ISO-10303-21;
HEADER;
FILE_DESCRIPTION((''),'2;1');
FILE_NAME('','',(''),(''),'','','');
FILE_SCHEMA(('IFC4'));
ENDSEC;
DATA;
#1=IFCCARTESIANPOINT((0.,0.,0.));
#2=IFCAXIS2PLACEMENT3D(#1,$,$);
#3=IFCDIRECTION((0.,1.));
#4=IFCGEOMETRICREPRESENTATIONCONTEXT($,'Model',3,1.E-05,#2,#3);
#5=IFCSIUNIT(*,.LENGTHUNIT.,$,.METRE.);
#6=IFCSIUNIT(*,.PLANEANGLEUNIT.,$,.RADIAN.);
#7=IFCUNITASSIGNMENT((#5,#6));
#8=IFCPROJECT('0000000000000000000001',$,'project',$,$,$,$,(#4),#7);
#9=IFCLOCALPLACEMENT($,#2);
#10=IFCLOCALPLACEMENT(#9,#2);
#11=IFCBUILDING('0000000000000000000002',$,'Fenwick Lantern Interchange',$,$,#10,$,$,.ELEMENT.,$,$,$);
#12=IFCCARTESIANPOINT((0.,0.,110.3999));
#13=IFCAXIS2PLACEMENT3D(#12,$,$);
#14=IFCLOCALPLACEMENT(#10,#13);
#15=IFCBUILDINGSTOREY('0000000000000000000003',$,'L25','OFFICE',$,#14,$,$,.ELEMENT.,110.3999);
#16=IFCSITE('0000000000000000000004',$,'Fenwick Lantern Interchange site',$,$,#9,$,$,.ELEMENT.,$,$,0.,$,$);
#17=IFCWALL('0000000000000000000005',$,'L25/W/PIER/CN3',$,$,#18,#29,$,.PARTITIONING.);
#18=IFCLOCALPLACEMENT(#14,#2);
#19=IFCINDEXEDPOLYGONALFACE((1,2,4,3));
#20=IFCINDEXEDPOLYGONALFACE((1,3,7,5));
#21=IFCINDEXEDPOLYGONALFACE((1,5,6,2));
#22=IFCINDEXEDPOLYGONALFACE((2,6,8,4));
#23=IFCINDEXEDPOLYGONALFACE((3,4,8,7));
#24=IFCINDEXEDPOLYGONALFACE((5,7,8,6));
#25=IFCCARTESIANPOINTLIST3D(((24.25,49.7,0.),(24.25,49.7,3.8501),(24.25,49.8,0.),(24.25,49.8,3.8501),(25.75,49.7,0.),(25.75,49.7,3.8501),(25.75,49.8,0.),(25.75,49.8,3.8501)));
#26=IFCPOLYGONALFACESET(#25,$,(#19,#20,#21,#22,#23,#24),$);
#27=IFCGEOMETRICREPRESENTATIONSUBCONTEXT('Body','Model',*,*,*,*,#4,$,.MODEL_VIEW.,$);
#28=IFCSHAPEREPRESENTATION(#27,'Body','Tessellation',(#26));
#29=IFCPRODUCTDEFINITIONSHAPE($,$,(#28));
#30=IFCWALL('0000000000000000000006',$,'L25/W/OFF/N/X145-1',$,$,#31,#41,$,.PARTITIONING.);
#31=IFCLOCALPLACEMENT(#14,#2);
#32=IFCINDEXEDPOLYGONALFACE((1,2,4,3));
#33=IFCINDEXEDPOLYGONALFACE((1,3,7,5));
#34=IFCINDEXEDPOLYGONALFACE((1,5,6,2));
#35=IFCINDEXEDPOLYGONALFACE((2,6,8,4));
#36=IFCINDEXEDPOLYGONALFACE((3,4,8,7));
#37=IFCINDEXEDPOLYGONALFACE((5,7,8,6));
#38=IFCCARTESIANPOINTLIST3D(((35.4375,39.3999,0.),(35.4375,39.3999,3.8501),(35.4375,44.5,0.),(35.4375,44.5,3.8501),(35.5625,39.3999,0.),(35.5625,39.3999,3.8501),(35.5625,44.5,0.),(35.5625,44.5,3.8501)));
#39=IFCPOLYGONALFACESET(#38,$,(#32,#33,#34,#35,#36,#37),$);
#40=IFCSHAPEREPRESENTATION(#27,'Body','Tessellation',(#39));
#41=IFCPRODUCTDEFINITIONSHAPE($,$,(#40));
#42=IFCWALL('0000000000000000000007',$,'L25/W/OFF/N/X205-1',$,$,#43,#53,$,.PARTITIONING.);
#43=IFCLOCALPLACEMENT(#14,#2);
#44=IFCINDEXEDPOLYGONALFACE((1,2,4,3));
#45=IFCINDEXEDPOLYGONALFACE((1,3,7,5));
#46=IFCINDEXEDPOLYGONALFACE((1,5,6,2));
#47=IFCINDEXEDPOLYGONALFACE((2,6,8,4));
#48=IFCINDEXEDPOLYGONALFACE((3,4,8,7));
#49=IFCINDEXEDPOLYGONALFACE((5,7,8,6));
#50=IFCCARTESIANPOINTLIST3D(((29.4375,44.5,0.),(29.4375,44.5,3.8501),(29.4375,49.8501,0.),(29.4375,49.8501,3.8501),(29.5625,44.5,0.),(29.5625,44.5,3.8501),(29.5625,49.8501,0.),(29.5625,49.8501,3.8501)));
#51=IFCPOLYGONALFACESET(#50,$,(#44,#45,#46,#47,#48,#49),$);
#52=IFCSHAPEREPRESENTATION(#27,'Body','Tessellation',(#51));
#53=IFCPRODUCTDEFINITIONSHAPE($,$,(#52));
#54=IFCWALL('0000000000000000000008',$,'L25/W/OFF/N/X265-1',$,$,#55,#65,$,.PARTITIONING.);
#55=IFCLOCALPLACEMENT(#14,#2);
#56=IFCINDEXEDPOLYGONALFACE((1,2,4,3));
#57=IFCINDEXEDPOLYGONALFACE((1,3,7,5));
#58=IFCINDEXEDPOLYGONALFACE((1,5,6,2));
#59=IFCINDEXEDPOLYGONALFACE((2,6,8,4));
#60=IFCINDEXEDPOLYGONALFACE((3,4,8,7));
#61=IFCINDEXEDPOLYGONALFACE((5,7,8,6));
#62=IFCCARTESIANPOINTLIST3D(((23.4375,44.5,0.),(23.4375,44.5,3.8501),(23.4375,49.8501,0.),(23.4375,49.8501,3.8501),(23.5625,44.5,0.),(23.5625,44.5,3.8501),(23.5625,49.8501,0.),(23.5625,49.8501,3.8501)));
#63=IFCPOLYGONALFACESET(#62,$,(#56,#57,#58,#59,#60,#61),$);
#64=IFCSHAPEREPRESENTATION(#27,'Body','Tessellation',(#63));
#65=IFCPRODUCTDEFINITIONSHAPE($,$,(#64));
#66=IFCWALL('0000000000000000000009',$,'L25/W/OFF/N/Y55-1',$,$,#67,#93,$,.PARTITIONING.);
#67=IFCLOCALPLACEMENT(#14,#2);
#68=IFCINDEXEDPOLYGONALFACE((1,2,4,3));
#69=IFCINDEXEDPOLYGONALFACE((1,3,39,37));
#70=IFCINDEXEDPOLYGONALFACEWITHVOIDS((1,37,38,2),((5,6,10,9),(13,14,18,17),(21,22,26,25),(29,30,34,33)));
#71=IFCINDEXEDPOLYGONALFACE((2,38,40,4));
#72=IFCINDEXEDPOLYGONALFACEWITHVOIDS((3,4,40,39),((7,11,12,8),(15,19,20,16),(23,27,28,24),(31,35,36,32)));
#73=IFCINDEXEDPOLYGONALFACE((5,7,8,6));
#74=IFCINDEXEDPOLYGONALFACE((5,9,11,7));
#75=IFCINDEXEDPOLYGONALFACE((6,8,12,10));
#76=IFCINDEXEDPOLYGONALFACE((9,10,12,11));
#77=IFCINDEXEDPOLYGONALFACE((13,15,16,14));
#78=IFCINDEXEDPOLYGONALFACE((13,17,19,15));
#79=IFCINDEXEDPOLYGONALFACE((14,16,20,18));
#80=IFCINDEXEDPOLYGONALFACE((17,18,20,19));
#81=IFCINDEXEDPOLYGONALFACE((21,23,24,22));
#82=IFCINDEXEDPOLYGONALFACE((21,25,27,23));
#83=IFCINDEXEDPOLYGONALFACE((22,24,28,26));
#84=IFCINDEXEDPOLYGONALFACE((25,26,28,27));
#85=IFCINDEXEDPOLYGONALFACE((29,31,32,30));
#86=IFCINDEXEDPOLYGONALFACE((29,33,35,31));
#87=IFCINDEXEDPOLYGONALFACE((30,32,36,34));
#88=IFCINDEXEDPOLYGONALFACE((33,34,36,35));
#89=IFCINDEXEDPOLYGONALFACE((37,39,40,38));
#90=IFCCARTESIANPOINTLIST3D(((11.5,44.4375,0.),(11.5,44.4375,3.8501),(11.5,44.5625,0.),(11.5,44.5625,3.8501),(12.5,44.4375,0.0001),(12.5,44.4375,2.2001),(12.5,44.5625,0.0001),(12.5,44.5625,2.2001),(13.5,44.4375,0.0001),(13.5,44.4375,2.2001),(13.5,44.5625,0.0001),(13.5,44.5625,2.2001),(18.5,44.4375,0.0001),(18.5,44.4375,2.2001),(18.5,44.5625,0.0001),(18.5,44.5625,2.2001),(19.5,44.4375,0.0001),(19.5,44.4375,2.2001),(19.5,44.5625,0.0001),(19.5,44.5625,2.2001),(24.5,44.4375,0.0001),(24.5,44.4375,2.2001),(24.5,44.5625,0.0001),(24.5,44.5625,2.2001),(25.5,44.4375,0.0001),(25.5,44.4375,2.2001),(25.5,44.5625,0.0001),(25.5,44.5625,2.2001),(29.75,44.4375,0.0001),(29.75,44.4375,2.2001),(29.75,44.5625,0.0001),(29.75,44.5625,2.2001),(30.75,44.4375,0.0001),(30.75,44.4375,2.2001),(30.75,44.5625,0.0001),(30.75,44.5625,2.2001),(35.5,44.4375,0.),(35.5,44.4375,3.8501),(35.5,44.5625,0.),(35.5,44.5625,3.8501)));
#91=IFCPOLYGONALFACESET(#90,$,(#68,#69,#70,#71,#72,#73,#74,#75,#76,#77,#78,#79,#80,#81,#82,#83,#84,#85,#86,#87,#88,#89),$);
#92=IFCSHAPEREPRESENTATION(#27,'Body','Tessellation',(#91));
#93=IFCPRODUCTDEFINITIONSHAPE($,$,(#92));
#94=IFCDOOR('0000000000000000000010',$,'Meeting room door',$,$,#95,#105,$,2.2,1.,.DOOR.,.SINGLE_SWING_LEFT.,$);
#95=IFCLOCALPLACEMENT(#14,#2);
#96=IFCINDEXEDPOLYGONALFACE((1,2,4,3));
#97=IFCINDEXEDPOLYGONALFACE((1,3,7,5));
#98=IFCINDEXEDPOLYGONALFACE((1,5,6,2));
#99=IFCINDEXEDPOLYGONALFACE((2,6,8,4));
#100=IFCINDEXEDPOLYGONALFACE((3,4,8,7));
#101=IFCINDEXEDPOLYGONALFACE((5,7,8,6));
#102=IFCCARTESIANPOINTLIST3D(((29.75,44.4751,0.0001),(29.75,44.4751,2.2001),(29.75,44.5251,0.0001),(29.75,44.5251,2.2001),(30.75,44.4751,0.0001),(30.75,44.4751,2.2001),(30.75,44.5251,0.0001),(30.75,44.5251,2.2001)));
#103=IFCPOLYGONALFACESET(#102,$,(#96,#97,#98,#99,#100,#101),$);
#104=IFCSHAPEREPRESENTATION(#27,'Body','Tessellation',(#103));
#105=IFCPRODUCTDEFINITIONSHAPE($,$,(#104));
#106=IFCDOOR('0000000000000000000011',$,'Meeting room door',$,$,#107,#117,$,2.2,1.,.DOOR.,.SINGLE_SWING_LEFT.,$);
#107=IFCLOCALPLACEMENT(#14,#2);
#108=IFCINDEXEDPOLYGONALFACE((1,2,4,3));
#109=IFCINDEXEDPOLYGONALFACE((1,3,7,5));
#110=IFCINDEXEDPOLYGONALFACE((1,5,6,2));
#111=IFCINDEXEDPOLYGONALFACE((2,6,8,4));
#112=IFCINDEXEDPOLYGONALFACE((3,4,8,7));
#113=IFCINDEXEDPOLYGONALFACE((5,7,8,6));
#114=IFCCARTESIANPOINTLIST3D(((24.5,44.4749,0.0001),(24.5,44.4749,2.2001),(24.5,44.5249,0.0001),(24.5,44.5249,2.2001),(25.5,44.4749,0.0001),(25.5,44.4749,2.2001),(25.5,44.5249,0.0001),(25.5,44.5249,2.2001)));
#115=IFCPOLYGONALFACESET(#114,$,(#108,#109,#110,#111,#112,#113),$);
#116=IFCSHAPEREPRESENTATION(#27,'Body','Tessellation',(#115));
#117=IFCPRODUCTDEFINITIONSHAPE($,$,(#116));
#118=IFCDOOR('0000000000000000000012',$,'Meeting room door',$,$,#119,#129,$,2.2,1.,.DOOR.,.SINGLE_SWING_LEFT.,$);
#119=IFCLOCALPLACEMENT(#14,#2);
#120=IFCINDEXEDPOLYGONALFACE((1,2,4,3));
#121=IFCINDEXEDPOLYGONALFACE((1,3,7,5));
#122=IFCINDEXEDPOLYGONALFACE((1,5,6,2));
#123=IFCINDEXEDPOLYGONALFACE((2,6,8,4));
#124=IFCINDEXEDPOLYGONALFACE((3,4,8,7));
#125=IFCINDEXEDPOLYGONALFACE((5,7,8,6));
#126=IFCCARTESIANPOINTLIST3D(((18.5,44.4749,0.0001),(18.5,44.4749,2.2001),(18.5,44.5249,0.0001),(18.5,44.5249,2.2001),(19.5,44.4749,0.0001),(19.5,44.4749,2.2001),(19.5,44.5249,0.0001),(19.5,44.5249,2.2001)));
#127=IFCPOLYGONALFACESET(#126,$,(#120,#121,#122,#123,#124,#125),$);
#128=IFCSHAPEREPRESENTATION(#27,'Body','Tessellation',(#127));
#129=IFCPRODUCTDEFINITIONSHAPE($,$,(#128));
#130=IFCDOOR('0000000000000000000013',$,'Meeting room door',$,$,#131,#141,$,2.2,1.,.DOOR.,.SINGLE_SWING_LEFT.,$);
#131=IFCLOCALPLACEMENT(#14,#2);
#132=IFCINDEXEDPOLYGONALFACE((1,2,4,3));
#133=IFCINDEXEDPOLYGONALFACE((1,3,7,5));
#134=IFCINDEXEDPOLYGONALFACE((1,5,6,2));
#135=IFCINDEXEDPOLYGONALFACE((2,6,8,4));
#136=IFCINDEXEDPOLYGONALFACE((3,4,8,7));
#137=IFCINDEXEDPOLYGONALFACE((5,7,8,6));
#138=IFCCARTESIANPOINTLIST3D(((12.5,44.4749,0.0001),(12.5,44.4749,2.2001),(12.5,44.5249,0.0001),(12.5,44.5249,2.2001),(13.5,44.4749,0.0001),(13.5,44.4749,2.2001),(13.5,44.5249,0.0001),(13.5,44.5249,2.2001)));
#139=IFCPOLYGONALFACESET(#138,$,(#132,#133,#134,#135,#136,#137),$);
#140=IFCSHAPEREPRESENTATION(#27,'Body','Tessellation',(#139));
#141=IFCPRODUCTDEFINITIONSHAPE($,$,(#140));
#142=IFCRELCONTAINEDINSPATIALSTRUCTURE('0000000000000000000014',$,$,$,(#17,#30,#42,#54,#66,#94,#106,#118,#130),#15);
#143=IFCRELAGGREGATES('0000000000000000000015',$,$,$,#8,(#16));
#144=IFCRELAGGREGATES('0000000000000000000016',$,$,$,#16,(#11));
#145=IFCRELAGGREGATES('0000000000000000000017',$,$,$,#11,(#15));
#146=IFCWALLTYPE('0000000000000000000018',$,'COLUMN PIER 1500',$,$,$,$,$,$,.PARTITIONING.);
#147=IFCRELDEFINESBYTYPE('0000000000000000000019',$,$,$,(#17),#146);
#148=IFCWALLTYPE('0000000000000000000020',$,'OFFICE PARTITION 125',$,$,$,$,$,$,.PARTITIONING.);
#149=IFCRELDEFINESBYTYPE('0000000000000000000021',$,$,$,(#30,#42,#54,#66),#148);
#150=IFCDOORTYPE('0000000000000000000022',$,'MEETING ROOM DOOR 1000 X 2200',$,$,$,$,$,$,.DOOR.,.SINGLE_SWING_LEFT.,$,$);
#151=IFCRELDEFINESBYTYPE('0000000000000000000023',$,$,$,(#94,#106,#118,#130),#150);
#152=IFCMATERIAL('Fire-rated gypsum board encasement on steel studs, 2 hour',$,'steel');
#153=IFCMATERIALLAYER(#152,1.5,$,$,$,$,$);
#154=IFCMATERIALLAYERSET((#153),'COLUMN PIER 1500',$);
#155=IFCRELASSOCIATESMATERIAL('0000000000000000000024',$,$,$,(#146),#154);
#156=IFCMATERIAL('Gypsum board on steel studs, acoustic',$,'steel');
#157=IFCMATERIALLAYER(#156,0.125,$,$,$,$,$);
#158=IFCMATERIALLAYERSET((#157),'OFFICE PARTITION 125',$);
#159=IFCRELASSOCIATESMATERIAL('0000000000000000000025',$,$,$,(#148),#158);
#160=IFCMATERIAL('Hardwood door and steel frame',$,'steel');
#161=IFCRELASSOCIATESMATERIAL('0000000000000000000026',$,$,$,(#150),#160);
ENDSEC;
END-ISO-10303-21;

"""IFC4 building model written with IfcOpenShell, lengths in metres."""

from ifc_helpers import new_model, si_unit, direction, frame, frame_2d, origin, place, context, subcontext, project, spatial, rectangle, extrude, material, layer, layer_set, type_object, element, fill, save


model = new_model("IFC4")

# Units and contexts
model_context = context("Model", 3, precision=1e-05, world=origin(), true_north=direction((0.0, 1.0)))
body_context = subcontext(model_context, "Body", "Model", "MODEL_VIEW")
ifc_project = project(units=[si_unit("LENGTHUNIT", "METRE"), si_unit("PLANEANGLEUNIT", "RADIAN")], contexts=[model_context])

# Site, building, storey
site_placement = place(None, origin())
site = spatial("IfcSite", under=ifc_project, at=site_placement, Name="Fenwick Lantern Interchange site", CompositionType="ELEMENT", RefElevation=0.0)
building_placement = place(site_placement, origin())
building = spatial("IfcBuilding", under=site, at=building_placement, Name="Fenwick Lantern Interchange", CompositionType="ELEMENT")
storey_placement = place(building_placement, frame((0.0, 0.0, 110.3999)))
storey = spatial("IfcBuildingStorey", under=building, at=storey_placement, Name="L25", Description="OFFICE", CompositionType="ELEMENT", Elevation=110.3999)

# Walls
ifc_material_1 = material(Name="Fire-rated gypsum board encasement on steel studs, 2 hour", Category="steel")
ifc_layer_1 = layer(ifc_material_1, 1.5)
ifc_layer_set_1 = layer_set([ifc_layer_1], Name="COLUMN PIER 1500")
wall_type_1 = type_object("IfcWallType", Name="COLUMN PIER 1500", PredefinedType="PARTITIONING", material=ifc_layer_set_1)
wall_1_placement = place(storey_placement, frame((25.0, 49.8, 0.0), z_axis=(0.0, 0.0, 1.0), x_axis=(0.0, -1.0, 0.0)))
element("IfcWall", 1, at=wall_1_placement, inside=storey, type_object=wall_type_1, Name="L25/W/PIER/CN3", PredefinedType="PARTITIONING", context=body_context, shape_type="SweptSolid", body=[
    extrude(rectangle(XDim=0.1001, YDim=1.5, at=frame_2d((0.05, 0.0))), origin(), (0.0, 0.0, 1.0), 3.8501),
])
ifc_material_2 = material(Name="Gypsum board on steel studs, acoustic", Category="steel")
ifc_layer_2 = layer(ifc_material_2, 0.125)
ifc_layer_set_2 = layer_set([ifc_layer_2], Name="OFFICE PARTITION 125")
wall_type_2 = type_object("IfcWallType", Name="OFFICE PARTITION 125", PredefinedType="PARTITIONING", material=ifc_layer_set_2)
wall_2_placement = place(storey_placement, frame((35.5, 44.5, 0.0), z_axis=(0.0, 0.0, 1.0), x_axis=(0.0, -1.0, 0.0)))
element("IfcWall", 2, at=wall_2_placement, inside=storey, type_object=wall_type_2, Name="L25/W/OFF/N/X145-1", PredefinedType="PARTITIONING", context=body_context, shape_type="SweptSolid", body=[
    extrude(rectangle(XDim=5.1001, YDim=0.125, at=frame_2d((2.55, 0.0))), origin(), (0.0, 0.0, 1.0), 3.8501),
])
for number, where, z_axis, x_axis, name in (
    (3, (29.5, 49.8501, 0.0), (0.0, 0.0, 1.0), (0.0, -1.0, 0.0), "L25/W/OFF/N/X205-1"),
    (4, (23.5, 49.8501, 0.0), (0.0, 0.0, 1.0), (0.0, -1.0, 0.0), "L25/W/OFF/N/X265-1"),
):
    element("IfcWall", number, at=place(storey_placement, frame(where, z_axis=z_axis, x_axis=x_axis)), inside=storey, type_object=wall_type_2, Name=name, PredefinedType="PARTITIONING", context=body_context, shape_type="SweptSolid", body=[
        extrude(rectangle(XDim=5.3501, YDim=0.125, at=frame_2d((2.675, 0.0))), origin(), (0.0, 0.0, 1.0), 3.8501),
    ])

# Wall, openings, doors
wall_3_placement = place(storey_placement, frame((35.5, 44.5, 0.0), z_axis=(0.0, 0.0, 1.0), x_axis=(-1.0, 0.0, 0.0)))
wall_3 = element("IfcWall", 5, at=wall_3_placement, inside=storey, type_object=wall_type_2, Name="L25/W/OFF/N/Y55-1", PredefinedType="PARTITIONING", context=body_context, shape_type="SweptSolid", body=[
    extrude(rectangle(XDim=24.0, YDim=0.125, at=frame_2d((12.0, 0.0))), origin(), (0.0, 0.0, 1.0), 3.8501),
])
opening_1_placement = place(wall_3_placement, frame((4.75, 0.0, 0.0)))
opening_1 = element("IfcOpeningElement", 6, at=opening_1_placement, cuts=wall_3, PredefinedType="OPENING", context=body_context, shape_type="SweptSolid", body=[
    extrude(rectangle(XDim=1.0, YDim=2.2, at=frame_2d((0.5, 1.1001))), frame((0.0, 0.0725, 0.0), z_axis=(0.0, -1.0, 0.0), x_axis=(1.0, 0.0, 0.0)), (0.0, 0.0, 1.0), 0.145),
])
opening_2_placement = place(wall_3_placement, frame((10.0, 0.0, 0.0)))
opening_2 = element("IfcOpeningElement", 7, at=opening_2_placement, cuts=wall_3, PredefinedType="OPENING", context=body_context, shape_type="SweptSolid", body=[
    extrude(rectangle(XDim=1.0, YDim=2.2, at=frame_2d((0.5, 1.1001))), frame((0.0, 0.0725, 0.0), z_axis=(0.0, -1.0, 0.0), x_axis=(1.0, 0.0, 0.0)), (0.0, 0.0, 1.0), 0.145),
])
opening_3_placement = place(wall_3_placement, frame((16.0, 0.0, 0.0)))
opening_3 = element("IfcOpeningElement", 8, at=opening_3_placement, cuts=wall_3, PredefinedType="OPENING", context=body_context, shape_type="SweptSolid", body=[
    extrude(rectangle(XDim=1.0, YDim=2.2, at=frame_2d((0.5, 1.1001))), frame((0.0, 0.0725, 0.0), z_axis=(0.0, -1.0, 0.0), x_axis=(1.0, 0.0, 0.0)), (0.0, 0.0, 1.0), 0.145),
])
opening_4_placement = place(wall_3_placement, frame((22.0, 0.0, 0.0)))
opening_4 = element("IfcOpeningElement", 9, at=opening_4_placement, cuts=wall_3, PredefinedType="OPENING", context=body_context, shape_type="SweptSolid", body=[
    extrude(rectangle(XDim=1.0, YDim=2.2, at=frame_2d((0.5, 1.1001))), frame((0.0, 0.0725, 0.0), z_axis=(0.0, -1.0, 0.0), x_axis=(1.0, 0.0, 0.0)), (0.0, 0.0, 1.0), 0.145),
])
ifc_material_3 = material(Name="Hardwood door and steel frame", Category="steel")
door_type = type_object("IfcDoorType", Name="MEETING ROOM DOOR 1000 X 2200", OperationType="SINGLE_SWING_LEFT", PredefinedType="DOOR", material=ifc_material_3)
door_1_placement = place(opening_1_placement, origin())
door_1 = element("IfcDoor", 10, at=door_1_placement, inside=storey, type_object=door_type, Name="Meeting room door", OperationType="SINGLE_SWING_LEFT", OverallHeight=2.2, OverallWidth=1.0, PredefinedType="DOOR", context=body_context, shape_type="SweptSolid", body=[
    extrude(rectangle(XDim=1.0, YDim=2.2, at=frame_2d((0.5, 1.1001))), frame((0.0, 0.0249, 0.0), z_axis=(0.0, -1.0, 0.0), x_axis=(1.0, 0.0, 0.0)), (0.0, 0.0, 1.0), 0.05),
])
fill(opening_1, door_1)
door_2_placement = place(opening_2_placement, frame((1.0, 0.0, 0.0), z_axis=(0.0, 0.0, 1.0), x_axis=(-1.0, 0.0, 0.0)))
door_2 = element("IfcDoor", 11, at=door_2_placement, inside=storey, type_object=door_type, Name="Meeting room door", OperationType="SINGLE_SWING_LEFT", OverallHeight=2.2, OverallWidth=1.0, PredefinedType="DOOR", context=body_context, shape_type="SweptSolid", body=[
    extrude(rectangle(XDim=1.0, YDim=2.2, at=frame_2d((0.5, 1.1001))), frame((0.0, 0.0249, 0.0), z_axis=(0.0, -1.0, 0.0), x_axis=(1.0, 0.0, 0.0)), (0.0, 0.0, 1.0), 0.05),
])
fill(opening_2, door_2)
door_3_placement = place(opening_3_placement, frame((1.0, 0.0, 0.0), z_axis=(0.0, 0.0, 1.0), x_axis=(-1.0, 0.0, 0.0)))
door_3 = element("IfcDoor", 12, at=door_3_placement, inside=storey, type_object=door_type, Name="Meeting room door", OperationType="SINGLE_SWING_LEFT", OverallHeight=2.2, OverallWidth=1.0, PredefinedType="DOOR", context=body_context, shape_type="SweptSolid", body=[
    extrude(rectangle(XDim=1.0, YDim=2.2, at=frame_2d((0.5, 1.1001))), frame((0.0, 0.0249, 0.0), z_axis=(0.0, -1.0, 0.0), x_axis=(1.0, 0.0, 0.0)), (0.0, 0.0, 1.0), 0.05),
])
fill(opening_3, door_3)
door_4_placement = place(opening_4_placement, frame((1.0, 0.0, 0.0), z_axis=(0.0, 0.0, 1.0), x_axis=(-1.0, 0.0, 0.0)))
door_4 = element("IfcDoor", 13, at=door_4_placement, inside=storey, type_object=door_type, Name="Meeting room door", OperationType="SINGLE_SWING_LEFT", OverallHeight=2.2, OverallWidth=1.0, PredefinedType="DOOR", context=body_context, shape_type="SweptSolid", body=[
    extrude(rectangle(XDim=1.0, YDim=2.2, at=frame_2d((0.5, 1.1001))), frame((0.0, 0.0249, 0.0), z_axis=(0.0, -1.0, 0.0), x_axis=(1.0, 0.0, 0.0)), (0.0, 0.0, 1.0), 0.05),
])
fill(opening_4, door_4)

save(model, "model.ifc")
